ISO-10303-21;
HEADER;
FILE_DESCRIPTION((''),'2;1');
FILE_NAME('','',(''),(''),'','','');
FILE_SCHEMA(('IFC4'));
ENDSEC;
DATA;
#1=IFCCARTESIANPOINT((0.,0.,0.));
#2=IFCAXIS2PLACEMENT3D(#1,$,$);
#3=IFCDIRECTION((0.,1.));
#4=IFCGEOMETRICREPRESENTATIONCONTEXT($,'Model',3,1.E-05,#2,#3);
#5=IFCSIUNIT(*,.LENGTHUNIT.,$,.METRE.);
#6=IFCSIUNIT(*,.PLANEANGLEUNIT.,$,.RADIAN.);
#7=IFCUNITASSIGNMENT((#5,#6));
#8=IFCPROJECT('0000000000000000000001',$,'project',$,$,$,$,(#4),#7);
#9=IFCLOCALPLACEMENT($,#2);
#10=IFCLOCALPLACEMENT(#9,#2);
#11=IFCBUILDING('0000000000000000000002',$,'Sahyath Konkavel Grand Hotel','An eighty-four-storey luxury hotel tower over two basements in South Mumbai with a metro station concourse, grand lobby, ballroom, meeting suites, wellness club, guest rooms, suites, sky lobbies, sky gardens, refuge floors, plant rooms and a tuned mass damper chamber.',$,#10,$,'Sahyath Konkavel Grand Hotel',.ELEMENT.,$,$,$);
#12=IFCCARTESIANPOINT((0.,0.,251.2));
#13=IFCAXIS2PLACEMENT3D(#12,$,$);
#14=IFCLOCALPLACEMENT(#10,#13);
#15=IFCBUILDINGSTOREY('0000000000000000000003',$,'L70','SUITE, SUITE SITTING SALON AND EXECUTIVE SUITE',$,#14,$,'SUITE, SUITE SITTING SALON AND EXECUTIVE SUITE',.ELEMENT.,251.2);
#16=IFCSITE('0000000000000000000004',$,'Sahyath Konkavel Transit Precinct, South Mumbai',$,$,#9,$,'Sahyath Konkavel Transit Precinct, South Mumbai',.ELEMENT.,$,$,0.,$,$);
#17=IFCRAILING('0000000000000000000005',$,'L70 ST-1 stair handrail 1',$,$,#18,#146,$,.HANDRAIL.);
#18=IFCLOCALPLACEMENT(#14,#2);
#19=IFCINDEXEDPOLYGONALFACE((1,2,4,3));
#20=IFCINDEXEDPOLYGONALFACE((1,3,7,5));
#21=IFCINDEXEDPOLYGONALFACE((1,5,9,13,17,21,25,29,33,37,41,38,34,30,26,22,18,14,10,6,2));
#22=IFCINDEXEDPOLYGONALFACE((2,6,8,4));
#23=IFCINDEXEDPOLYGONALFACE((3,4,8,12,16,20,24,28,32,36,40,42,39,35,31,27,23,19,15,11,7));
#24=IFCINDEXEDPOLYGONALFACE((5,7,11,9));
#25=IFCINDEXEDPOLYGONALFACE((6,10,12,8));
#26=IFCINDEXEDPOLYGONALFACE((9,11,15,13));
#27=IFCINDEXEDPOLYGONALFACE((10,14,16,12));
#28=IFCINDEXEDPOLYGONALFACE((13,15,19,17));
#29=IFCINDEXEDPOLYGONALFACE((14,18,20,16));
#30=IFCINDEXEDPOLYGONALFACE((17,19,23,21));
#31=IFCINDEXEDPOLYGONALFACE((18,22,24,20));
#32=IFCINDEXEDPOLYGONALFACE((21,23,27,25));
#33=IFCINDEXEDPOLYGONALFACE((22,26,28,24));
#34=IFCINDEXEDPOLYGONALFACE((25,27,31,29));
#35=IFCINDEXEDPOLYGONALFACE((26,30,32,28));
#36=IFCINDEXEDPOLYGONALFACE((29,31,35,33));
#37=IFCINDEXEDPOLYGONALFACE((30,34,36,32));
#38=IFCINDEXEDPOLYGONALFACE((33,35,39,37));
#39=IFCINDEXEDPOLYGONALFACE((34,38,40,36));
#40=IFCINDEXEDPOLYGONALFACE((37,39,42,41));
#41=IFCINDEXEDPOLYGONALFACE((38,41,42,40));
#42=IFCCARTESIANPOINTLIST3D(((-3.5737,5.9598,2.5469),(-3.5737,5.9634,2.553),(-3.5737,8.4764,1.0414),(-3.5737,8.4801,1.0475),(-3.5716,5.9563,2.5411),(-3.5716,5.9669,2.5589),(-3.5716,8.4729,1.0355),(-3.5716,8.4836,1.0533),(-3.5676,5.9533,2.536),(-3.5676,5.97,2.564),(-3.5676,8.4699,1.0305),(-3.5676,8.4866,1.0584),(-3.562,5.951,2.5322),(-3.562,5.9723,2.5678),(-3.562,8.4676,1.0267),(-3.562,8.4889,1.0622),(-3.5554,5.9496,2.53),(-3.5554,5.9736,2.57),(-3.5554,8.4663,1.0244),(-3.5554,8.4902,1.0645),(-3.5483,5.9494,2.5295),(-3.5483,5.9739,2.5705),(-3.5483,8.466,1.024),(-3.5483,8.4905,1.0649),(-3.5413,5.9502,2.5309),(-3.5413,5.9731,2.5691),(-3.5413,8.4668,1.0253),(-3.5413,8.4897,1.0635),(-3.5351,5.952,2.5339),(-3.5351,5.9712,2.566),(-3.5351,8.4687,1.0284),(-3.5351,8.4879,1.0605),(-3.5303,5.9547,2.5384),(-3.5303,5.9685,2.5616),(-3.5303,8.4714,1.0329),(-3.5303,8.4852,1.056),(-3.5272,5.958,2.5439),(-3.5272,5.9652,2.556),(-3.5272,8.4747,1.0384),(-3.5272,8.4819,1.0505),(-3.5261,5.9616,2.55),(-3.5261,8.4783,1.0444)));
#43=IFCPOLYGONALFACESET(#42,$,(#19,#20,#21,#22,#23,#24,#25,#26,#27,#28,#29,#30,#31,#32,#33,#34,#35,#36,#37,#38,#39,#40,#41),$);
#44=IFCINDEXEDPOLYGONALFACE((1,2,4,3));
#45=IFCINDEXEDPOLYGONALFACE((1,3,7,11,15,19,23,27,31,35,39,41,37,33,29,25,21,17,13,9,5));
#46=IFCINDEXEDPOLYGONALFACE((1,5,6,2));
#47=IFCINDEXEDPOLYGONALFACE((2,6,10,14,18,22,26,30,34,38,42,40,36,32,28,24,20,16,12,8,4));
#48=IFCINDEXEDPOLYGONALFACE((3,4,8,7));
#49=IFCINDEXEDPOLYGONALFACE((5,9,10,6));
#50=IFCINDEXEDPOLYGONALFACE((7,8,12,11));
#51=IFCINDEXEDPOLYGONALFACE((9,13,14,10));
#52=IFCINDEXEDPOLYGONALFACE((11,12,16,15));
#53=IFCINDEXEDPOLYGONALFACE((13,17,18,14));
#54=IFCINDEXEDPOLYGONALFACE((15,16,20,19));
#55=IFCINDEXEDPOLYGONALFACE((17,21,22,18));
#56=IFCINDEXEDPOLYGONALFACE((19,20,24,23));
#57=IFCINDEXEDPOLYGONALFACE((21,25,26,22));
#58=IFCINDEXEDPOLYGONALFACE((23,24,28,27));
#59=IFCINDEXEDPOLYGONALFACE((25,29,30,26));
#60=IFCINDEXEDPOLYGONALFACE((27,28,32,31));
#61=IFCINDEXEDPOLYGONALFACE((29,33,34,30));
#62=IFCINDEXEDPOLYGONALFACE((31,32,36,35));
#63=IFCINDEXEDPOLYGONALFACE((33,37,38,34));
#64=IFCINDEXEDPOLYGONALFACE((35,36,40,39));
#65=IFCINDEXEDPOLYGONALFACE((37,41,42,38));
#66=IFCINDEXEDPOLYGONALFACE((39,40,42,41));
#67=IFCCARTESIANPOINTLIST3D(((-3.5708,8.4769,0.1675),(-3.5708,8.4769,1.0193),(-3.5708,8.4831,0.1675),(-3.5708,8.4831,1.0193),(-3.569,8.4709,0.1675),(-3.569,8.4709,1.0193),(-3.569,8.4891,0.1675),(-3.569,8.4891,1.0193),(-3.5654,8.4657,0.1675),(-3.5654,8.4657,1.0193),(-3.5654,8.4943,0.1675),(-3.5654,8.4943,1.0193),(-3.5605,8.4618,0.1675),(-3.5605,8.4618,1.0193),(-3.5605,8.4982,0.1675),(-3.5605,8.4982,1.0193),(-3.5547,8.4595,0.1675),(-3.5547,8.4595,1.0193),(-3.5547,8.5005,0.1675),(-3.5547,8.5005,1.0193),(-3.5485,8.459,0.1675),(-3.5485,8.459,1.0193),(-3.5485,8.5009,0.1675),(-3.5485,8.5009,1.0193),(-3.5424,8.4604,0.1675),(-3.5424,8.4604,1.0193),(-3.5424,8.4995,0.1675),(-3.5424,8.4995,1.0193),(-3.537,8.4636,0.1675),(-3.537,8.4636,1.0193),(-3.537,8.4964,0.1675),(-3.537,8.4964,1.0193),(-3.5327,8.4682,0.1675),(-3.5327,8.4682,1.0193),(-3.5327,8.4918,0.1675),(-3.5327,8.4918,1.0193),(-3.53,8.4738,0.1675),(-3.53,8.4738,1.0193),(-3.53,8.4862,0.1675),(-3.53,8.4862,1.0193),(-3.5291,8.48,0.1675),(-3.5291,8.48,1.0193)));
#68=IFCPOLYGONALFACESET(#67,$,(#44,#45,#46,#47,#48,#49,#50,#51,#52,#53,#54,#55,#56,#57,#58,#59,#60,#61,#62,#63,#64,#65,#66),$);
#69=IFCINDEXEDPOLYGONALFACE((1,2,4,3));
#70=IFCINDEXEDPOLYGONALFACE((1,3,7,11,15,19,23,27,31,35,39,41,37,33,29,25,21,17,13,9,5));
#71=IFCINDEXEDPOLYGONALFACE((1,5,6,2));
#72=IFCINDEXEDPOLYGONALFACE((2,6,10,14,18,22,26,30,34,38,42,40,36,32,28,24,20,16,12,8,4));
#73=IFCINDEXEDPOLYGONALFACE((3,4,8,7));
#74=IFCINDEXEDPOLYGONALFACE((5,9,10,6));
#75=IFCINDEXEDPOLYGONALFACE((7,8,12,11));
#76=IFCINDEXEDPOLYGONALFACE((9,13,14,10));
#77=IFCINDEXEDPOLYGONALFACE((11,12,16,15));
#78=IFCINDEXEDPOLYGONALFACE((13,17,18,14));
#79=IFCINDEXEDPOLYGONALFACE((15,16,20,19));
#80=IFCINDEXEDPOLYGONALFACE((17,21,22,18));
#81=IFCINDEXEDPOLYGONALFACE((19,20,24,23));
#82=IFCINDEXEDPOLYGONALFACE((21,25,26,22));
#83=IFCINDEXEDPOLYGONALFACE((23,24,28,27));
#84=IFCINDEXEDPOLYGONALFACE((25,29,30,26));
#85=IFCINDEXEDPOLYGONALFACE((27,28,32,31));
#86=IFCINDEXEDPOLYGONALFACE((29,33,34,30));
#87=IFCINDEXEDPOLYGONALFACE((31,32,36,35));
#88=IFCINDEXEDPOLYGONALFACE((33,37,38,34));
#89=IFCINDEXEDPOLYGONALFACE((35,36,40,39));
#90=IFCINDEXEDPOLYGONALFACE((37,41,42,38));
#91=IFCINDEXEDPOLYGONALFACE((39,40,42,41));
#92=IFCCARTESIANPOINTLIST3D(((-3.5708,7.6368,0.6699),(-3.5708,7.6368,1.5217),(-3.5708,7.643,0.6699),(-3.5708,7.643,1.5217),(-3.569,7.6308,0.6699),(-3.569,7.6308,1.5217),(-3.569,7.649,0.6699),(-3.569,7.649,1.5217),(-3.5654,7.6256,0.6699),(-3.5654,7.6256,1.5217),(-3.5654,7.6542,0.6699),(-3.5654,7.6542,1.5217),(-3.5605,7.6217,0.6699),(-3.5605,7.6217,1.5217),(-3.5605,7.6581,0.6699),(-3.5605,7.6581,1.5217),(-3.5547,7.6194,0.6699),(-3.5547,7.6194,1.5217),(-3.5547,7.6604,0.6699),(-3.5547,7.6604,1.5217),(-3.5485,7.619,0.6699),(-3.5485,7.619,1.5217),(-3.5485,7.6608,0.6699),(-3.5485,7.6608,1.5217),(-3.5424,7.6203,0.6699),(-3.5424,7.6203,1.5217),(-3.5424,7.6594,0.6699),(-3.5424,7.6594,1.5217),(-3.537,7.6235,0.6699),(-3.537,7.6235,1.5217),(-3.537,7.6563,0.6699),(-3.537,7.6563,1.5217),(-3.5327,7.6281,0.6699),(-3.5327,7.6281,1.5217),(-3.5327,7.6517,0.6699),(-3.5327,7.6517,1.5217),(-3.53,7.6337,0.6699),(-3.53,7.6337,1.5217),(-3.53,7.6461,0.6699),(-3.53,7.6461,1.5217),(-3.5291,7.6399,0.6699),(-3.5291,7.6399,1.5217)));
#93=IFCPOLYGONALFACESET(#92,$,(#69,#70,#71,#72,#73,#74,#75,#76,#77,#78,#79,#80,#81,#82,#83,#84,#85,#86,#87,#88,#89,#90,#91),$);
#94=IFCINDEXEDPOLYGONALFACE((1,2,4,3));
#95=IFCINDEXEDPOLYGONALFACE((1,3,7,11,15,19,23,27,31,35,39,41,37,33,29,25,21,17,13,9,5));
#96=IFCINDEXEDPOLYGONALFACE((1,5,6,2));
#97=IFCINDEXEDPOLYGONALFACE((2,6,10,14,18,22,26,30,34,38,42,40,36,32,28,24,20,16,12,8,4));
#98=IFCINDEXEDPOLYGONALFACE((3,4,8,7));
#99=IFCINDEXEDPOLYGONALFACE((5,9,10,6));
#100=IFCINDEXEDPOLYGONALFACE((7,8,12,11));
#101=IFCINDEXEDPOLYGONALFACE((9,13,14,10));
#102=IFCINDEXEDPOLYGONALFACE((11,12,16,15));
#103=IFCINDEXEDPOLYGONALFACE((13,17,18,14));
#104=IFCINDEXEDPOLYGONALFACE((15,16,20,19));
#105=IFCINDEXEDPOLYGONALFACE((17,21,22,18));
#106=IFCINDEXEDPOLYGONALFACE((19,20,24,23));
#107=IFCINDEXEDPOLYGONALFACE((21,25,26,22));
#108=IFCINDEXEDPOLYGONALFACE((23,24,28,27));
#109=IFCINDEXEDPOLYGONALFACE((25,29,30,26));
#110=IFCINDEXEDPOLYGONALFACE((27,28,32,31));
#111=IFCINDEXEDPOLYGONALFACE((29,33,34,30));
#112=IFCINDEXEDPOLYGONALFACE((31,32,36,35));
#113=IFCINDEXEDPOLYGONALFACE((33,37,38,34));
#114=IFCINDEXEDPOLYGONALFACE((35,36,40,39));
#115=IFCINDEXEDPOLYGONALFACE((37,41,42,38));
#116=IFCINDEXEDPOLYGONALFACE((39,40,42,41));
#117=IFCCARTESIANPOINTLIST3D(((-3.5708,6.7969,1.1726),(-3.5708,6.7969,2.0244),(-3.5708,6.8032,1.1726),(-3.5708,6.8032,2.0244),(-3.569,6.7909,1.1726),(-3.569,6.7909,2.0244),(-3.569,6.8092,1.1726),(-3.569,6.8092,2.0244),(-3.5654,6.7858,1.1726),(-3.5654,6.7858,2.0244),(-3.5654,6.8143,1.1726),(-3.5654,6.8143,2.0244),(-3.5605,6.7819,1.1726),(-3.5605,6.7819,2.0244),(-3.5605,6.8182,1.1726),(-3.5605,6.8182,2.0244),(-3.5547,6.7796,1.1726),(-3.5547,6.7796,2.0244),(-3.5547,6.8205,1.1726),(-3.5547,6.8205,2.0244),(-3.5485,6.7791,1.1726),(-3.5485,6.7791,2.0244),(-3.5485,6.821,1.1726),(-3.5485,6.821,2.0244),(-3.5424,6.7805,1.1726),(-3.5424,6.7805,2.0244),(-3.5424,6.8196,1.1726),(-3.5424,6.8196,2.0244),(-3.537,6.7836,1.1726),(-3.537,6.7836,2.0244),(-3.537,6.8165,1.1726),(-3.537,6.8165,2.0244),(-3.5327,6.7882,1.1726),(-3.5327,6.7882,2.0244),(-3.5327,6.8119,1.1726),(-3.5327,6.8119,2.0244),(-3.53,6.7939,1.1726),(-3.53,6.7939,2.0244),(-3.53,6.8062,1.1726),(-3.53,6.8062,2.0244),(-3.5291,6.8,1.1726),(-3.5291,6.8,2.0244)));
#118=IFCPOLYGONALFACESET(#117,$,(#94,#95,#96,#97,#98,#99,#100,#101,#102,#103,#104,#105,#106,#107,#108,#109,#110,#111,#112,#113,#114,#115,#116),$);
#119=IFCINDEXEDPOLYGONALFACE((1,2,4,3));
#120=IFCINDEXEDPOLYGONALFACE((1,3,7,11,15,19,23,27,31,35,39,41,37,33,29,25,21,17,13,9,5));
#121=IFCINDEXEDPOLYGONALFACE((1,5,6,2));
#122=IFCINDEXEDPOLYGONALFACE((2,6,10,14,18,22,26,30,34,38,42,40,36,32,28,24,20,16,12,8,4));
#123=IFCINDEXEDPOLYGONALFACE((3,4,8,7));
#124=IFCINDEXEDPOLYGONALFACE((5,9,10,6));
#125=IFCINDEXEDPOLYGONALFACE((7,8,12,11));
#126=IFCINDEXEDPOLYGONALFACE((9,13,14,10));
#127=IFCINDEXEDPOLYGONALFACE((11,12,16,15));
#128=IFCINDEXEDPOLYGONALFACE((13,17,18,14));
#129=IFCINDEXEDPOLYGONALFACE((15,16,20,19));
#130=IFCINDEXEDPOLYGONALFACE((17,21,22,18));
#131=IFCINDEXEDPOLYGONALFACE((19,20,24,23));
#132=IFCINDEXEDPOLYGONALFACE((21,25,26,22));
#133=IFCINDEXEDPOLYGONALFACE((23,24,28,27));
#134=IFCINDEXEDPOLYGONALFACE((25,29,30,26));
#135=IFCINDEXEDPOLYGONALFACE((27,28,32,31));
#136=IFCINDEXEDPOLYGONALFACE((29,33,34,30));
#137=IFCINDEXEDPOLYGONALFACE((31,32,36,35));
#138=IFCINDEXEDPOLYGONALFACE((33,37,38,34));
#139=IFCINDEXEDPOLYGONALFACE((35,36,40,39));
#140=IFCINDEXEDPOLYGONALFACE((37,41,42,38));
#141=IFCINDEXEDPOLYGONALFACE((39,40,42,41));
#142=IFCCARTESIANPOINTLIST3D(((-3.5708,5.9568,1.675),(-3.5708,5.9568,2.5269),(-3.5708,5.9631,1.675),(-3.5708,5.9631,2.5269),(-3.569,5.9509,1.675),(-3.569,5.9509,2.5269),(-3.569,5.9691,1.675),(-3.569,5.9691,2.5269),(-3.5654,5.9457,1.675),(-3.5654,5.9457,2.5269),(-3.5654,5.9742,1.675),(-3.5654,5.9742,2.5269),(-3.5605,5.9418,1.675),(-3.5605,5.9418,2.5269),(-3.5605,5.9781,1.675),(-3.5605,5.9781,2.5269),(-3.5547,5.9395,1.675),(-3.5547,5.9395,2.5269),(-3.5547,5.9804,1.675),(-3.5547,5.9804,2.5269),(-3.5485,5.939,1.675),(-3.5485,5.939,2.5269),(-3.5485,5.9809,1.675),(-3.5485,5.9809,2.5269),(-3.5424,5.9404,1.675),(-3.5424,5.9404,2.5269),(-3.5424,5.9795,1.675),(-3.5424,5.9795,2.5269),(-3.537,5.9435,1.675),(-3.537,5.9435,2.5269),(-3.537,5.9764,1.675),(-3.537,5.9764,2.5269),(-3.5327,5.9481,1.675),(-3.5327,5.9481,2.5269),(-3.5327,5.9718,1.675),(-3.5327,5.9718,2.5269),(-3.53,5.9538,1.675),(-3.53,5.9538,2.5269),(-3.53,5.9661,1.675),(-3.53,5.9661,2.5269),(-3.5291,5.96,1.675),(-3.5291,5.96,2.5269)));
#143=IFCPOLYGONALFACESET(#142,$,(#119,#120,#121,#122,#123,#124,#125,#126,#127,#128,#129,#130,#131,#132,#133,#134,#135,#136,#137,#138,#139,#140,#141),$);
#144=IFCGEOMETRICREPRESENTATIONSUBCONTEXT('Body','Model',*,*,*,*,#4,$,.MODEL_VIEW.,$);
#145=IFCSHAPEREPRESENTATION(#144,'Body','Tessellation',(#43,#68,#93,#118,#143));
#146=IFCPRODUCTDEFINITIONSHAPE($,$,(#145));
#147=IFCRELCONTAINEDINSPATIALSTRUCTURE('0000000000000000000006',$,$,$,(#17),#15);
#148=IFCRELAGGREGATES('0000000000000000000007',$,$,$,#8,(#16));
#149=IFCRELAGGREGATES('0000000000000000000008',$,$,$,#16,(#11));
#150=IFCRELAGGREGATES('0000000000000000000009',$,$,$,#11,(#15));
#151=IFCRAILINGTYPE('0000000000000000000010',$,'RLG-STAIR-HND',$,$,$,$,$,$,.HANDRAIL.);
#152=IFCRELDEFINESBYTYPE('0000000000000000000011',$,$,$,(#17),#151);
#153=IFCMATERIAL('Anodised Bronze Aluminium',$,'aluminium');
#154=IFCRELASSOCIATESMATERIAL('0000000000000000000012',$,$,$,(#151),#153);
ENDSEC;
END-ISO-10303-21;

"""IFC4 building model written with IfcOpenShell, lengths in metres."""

from ifc_helpers import new_model, si_unit, direction, frame, origin, origin_2d, place, context, subcontext, project, spatial, circle, extrude, material, type_object, element, save


model = new_model("IFC4")

# Units and contexts
model_context = context("Model", 3, precision=1e-05, world=origin(), true_north=direction((0.0, 1.0)))
body_context = subcontext(model_context, "Body", "Model", "MODEL_VIEW")
ifc_project = project(units=[si_unit("LENGTHUNIT", "METRE"), si_unit("PLANEANGLEUNIT", "RADIAN")], contexts=[model_context])

# Site, building, storey
site_placement = place(None, origin())
site = spatial("IfcSite", under=ifc_project, at=site_placement, Name="Sahyath Konkavel Transit Precinct, South Mumbai", LongName="Sahyath Konkavel Transit Precinct, South Mumbai", CompositionType="ELEMENT", RefElevation=0.0)
building_placement = place(site_placement, origin())
building = spatial("IfcBuilding", under=site, at=building_placement, Name="Sahyath Konkavel Grand Hotel", Description="An eighty-four-storey luxury hotel tower over two basements in South Mumbai with a metro station concourse, grand lobby, ballroom, meeting suites, wellness club, guest rooms, suites, sky lobbies, sky gardens, refuge floors, plant rooms and a tuned mass damper chamber.", LongName="Sahyath Konkavel Grand Hotel", CompositionType="ELEMENT")
storey_placement = place(building_placement, frame((0.0, 0.0, 251.2)))
storey = spatial("IfcBuildingStorey", under=building, at=storey_placement, Name="L70", Description="SUITE, SUITE SITTING SALON AND EXECUTIVE SUITE", LongName="SUITE, SUITE SITTING SALON AND EXECUTIVE SUITE", CompositionType="ELEMENT", Elevation=251.2)

# Shared definitions
ifc_material_1 = material(Name="Anodised Bronze Aluminium", Category="aluminium")

# Railing
railing_type_1 = type_object("IfcRailingType", Name="RLG-STAIR-HND", PredefinedType="HANDRAIL", material=ifc_material_1)
railing_1_placement = place(storey_placement, frame((-3.55, 8.48, 0.1675)))
element("IfcRailing", 1, at=railing_1_placement, inside=storey, type_object=railing_type_1, Name="L70 ST-1 stair handrail 1", PredefinedType="HANDRAIL", context=body_context, shape_type="SweptSolid", body=[
    extrude(circle(Radius=0.0239, at=origin_2d()), frame((0.0, -0.0017, 0.877), z_axis=(0.0, -0.85816, 0.513383), x_axis=(1.0, 0.0, 0.0)), (0.0, 0.0, 1.0), 2.9326),
    extrude(circle(Radius=0.021, at=origin_2d()), origin(), (0.0, 0.0, 1.0), 0.8518),
    extrude(circle(Radius=0.021, at=origin_2d()), frame((0.0, -0.8401, 0.5024)), (0.0, 0.0, 1.0), 0.8518),
    extrude(circle(Radius=0.021, at=origin_2d()), frame((0.0, -1.6799, 1.0051)), (0.0, 0.0, 1.0), 0.8518),
    extrude(circle(Radius=0.021, at=origin_2d()), frame((0.0, -2.52, 1.5076)), (0.0, 0.0, 1.0), 0.8518),
])

save(model, "model.ifc")
